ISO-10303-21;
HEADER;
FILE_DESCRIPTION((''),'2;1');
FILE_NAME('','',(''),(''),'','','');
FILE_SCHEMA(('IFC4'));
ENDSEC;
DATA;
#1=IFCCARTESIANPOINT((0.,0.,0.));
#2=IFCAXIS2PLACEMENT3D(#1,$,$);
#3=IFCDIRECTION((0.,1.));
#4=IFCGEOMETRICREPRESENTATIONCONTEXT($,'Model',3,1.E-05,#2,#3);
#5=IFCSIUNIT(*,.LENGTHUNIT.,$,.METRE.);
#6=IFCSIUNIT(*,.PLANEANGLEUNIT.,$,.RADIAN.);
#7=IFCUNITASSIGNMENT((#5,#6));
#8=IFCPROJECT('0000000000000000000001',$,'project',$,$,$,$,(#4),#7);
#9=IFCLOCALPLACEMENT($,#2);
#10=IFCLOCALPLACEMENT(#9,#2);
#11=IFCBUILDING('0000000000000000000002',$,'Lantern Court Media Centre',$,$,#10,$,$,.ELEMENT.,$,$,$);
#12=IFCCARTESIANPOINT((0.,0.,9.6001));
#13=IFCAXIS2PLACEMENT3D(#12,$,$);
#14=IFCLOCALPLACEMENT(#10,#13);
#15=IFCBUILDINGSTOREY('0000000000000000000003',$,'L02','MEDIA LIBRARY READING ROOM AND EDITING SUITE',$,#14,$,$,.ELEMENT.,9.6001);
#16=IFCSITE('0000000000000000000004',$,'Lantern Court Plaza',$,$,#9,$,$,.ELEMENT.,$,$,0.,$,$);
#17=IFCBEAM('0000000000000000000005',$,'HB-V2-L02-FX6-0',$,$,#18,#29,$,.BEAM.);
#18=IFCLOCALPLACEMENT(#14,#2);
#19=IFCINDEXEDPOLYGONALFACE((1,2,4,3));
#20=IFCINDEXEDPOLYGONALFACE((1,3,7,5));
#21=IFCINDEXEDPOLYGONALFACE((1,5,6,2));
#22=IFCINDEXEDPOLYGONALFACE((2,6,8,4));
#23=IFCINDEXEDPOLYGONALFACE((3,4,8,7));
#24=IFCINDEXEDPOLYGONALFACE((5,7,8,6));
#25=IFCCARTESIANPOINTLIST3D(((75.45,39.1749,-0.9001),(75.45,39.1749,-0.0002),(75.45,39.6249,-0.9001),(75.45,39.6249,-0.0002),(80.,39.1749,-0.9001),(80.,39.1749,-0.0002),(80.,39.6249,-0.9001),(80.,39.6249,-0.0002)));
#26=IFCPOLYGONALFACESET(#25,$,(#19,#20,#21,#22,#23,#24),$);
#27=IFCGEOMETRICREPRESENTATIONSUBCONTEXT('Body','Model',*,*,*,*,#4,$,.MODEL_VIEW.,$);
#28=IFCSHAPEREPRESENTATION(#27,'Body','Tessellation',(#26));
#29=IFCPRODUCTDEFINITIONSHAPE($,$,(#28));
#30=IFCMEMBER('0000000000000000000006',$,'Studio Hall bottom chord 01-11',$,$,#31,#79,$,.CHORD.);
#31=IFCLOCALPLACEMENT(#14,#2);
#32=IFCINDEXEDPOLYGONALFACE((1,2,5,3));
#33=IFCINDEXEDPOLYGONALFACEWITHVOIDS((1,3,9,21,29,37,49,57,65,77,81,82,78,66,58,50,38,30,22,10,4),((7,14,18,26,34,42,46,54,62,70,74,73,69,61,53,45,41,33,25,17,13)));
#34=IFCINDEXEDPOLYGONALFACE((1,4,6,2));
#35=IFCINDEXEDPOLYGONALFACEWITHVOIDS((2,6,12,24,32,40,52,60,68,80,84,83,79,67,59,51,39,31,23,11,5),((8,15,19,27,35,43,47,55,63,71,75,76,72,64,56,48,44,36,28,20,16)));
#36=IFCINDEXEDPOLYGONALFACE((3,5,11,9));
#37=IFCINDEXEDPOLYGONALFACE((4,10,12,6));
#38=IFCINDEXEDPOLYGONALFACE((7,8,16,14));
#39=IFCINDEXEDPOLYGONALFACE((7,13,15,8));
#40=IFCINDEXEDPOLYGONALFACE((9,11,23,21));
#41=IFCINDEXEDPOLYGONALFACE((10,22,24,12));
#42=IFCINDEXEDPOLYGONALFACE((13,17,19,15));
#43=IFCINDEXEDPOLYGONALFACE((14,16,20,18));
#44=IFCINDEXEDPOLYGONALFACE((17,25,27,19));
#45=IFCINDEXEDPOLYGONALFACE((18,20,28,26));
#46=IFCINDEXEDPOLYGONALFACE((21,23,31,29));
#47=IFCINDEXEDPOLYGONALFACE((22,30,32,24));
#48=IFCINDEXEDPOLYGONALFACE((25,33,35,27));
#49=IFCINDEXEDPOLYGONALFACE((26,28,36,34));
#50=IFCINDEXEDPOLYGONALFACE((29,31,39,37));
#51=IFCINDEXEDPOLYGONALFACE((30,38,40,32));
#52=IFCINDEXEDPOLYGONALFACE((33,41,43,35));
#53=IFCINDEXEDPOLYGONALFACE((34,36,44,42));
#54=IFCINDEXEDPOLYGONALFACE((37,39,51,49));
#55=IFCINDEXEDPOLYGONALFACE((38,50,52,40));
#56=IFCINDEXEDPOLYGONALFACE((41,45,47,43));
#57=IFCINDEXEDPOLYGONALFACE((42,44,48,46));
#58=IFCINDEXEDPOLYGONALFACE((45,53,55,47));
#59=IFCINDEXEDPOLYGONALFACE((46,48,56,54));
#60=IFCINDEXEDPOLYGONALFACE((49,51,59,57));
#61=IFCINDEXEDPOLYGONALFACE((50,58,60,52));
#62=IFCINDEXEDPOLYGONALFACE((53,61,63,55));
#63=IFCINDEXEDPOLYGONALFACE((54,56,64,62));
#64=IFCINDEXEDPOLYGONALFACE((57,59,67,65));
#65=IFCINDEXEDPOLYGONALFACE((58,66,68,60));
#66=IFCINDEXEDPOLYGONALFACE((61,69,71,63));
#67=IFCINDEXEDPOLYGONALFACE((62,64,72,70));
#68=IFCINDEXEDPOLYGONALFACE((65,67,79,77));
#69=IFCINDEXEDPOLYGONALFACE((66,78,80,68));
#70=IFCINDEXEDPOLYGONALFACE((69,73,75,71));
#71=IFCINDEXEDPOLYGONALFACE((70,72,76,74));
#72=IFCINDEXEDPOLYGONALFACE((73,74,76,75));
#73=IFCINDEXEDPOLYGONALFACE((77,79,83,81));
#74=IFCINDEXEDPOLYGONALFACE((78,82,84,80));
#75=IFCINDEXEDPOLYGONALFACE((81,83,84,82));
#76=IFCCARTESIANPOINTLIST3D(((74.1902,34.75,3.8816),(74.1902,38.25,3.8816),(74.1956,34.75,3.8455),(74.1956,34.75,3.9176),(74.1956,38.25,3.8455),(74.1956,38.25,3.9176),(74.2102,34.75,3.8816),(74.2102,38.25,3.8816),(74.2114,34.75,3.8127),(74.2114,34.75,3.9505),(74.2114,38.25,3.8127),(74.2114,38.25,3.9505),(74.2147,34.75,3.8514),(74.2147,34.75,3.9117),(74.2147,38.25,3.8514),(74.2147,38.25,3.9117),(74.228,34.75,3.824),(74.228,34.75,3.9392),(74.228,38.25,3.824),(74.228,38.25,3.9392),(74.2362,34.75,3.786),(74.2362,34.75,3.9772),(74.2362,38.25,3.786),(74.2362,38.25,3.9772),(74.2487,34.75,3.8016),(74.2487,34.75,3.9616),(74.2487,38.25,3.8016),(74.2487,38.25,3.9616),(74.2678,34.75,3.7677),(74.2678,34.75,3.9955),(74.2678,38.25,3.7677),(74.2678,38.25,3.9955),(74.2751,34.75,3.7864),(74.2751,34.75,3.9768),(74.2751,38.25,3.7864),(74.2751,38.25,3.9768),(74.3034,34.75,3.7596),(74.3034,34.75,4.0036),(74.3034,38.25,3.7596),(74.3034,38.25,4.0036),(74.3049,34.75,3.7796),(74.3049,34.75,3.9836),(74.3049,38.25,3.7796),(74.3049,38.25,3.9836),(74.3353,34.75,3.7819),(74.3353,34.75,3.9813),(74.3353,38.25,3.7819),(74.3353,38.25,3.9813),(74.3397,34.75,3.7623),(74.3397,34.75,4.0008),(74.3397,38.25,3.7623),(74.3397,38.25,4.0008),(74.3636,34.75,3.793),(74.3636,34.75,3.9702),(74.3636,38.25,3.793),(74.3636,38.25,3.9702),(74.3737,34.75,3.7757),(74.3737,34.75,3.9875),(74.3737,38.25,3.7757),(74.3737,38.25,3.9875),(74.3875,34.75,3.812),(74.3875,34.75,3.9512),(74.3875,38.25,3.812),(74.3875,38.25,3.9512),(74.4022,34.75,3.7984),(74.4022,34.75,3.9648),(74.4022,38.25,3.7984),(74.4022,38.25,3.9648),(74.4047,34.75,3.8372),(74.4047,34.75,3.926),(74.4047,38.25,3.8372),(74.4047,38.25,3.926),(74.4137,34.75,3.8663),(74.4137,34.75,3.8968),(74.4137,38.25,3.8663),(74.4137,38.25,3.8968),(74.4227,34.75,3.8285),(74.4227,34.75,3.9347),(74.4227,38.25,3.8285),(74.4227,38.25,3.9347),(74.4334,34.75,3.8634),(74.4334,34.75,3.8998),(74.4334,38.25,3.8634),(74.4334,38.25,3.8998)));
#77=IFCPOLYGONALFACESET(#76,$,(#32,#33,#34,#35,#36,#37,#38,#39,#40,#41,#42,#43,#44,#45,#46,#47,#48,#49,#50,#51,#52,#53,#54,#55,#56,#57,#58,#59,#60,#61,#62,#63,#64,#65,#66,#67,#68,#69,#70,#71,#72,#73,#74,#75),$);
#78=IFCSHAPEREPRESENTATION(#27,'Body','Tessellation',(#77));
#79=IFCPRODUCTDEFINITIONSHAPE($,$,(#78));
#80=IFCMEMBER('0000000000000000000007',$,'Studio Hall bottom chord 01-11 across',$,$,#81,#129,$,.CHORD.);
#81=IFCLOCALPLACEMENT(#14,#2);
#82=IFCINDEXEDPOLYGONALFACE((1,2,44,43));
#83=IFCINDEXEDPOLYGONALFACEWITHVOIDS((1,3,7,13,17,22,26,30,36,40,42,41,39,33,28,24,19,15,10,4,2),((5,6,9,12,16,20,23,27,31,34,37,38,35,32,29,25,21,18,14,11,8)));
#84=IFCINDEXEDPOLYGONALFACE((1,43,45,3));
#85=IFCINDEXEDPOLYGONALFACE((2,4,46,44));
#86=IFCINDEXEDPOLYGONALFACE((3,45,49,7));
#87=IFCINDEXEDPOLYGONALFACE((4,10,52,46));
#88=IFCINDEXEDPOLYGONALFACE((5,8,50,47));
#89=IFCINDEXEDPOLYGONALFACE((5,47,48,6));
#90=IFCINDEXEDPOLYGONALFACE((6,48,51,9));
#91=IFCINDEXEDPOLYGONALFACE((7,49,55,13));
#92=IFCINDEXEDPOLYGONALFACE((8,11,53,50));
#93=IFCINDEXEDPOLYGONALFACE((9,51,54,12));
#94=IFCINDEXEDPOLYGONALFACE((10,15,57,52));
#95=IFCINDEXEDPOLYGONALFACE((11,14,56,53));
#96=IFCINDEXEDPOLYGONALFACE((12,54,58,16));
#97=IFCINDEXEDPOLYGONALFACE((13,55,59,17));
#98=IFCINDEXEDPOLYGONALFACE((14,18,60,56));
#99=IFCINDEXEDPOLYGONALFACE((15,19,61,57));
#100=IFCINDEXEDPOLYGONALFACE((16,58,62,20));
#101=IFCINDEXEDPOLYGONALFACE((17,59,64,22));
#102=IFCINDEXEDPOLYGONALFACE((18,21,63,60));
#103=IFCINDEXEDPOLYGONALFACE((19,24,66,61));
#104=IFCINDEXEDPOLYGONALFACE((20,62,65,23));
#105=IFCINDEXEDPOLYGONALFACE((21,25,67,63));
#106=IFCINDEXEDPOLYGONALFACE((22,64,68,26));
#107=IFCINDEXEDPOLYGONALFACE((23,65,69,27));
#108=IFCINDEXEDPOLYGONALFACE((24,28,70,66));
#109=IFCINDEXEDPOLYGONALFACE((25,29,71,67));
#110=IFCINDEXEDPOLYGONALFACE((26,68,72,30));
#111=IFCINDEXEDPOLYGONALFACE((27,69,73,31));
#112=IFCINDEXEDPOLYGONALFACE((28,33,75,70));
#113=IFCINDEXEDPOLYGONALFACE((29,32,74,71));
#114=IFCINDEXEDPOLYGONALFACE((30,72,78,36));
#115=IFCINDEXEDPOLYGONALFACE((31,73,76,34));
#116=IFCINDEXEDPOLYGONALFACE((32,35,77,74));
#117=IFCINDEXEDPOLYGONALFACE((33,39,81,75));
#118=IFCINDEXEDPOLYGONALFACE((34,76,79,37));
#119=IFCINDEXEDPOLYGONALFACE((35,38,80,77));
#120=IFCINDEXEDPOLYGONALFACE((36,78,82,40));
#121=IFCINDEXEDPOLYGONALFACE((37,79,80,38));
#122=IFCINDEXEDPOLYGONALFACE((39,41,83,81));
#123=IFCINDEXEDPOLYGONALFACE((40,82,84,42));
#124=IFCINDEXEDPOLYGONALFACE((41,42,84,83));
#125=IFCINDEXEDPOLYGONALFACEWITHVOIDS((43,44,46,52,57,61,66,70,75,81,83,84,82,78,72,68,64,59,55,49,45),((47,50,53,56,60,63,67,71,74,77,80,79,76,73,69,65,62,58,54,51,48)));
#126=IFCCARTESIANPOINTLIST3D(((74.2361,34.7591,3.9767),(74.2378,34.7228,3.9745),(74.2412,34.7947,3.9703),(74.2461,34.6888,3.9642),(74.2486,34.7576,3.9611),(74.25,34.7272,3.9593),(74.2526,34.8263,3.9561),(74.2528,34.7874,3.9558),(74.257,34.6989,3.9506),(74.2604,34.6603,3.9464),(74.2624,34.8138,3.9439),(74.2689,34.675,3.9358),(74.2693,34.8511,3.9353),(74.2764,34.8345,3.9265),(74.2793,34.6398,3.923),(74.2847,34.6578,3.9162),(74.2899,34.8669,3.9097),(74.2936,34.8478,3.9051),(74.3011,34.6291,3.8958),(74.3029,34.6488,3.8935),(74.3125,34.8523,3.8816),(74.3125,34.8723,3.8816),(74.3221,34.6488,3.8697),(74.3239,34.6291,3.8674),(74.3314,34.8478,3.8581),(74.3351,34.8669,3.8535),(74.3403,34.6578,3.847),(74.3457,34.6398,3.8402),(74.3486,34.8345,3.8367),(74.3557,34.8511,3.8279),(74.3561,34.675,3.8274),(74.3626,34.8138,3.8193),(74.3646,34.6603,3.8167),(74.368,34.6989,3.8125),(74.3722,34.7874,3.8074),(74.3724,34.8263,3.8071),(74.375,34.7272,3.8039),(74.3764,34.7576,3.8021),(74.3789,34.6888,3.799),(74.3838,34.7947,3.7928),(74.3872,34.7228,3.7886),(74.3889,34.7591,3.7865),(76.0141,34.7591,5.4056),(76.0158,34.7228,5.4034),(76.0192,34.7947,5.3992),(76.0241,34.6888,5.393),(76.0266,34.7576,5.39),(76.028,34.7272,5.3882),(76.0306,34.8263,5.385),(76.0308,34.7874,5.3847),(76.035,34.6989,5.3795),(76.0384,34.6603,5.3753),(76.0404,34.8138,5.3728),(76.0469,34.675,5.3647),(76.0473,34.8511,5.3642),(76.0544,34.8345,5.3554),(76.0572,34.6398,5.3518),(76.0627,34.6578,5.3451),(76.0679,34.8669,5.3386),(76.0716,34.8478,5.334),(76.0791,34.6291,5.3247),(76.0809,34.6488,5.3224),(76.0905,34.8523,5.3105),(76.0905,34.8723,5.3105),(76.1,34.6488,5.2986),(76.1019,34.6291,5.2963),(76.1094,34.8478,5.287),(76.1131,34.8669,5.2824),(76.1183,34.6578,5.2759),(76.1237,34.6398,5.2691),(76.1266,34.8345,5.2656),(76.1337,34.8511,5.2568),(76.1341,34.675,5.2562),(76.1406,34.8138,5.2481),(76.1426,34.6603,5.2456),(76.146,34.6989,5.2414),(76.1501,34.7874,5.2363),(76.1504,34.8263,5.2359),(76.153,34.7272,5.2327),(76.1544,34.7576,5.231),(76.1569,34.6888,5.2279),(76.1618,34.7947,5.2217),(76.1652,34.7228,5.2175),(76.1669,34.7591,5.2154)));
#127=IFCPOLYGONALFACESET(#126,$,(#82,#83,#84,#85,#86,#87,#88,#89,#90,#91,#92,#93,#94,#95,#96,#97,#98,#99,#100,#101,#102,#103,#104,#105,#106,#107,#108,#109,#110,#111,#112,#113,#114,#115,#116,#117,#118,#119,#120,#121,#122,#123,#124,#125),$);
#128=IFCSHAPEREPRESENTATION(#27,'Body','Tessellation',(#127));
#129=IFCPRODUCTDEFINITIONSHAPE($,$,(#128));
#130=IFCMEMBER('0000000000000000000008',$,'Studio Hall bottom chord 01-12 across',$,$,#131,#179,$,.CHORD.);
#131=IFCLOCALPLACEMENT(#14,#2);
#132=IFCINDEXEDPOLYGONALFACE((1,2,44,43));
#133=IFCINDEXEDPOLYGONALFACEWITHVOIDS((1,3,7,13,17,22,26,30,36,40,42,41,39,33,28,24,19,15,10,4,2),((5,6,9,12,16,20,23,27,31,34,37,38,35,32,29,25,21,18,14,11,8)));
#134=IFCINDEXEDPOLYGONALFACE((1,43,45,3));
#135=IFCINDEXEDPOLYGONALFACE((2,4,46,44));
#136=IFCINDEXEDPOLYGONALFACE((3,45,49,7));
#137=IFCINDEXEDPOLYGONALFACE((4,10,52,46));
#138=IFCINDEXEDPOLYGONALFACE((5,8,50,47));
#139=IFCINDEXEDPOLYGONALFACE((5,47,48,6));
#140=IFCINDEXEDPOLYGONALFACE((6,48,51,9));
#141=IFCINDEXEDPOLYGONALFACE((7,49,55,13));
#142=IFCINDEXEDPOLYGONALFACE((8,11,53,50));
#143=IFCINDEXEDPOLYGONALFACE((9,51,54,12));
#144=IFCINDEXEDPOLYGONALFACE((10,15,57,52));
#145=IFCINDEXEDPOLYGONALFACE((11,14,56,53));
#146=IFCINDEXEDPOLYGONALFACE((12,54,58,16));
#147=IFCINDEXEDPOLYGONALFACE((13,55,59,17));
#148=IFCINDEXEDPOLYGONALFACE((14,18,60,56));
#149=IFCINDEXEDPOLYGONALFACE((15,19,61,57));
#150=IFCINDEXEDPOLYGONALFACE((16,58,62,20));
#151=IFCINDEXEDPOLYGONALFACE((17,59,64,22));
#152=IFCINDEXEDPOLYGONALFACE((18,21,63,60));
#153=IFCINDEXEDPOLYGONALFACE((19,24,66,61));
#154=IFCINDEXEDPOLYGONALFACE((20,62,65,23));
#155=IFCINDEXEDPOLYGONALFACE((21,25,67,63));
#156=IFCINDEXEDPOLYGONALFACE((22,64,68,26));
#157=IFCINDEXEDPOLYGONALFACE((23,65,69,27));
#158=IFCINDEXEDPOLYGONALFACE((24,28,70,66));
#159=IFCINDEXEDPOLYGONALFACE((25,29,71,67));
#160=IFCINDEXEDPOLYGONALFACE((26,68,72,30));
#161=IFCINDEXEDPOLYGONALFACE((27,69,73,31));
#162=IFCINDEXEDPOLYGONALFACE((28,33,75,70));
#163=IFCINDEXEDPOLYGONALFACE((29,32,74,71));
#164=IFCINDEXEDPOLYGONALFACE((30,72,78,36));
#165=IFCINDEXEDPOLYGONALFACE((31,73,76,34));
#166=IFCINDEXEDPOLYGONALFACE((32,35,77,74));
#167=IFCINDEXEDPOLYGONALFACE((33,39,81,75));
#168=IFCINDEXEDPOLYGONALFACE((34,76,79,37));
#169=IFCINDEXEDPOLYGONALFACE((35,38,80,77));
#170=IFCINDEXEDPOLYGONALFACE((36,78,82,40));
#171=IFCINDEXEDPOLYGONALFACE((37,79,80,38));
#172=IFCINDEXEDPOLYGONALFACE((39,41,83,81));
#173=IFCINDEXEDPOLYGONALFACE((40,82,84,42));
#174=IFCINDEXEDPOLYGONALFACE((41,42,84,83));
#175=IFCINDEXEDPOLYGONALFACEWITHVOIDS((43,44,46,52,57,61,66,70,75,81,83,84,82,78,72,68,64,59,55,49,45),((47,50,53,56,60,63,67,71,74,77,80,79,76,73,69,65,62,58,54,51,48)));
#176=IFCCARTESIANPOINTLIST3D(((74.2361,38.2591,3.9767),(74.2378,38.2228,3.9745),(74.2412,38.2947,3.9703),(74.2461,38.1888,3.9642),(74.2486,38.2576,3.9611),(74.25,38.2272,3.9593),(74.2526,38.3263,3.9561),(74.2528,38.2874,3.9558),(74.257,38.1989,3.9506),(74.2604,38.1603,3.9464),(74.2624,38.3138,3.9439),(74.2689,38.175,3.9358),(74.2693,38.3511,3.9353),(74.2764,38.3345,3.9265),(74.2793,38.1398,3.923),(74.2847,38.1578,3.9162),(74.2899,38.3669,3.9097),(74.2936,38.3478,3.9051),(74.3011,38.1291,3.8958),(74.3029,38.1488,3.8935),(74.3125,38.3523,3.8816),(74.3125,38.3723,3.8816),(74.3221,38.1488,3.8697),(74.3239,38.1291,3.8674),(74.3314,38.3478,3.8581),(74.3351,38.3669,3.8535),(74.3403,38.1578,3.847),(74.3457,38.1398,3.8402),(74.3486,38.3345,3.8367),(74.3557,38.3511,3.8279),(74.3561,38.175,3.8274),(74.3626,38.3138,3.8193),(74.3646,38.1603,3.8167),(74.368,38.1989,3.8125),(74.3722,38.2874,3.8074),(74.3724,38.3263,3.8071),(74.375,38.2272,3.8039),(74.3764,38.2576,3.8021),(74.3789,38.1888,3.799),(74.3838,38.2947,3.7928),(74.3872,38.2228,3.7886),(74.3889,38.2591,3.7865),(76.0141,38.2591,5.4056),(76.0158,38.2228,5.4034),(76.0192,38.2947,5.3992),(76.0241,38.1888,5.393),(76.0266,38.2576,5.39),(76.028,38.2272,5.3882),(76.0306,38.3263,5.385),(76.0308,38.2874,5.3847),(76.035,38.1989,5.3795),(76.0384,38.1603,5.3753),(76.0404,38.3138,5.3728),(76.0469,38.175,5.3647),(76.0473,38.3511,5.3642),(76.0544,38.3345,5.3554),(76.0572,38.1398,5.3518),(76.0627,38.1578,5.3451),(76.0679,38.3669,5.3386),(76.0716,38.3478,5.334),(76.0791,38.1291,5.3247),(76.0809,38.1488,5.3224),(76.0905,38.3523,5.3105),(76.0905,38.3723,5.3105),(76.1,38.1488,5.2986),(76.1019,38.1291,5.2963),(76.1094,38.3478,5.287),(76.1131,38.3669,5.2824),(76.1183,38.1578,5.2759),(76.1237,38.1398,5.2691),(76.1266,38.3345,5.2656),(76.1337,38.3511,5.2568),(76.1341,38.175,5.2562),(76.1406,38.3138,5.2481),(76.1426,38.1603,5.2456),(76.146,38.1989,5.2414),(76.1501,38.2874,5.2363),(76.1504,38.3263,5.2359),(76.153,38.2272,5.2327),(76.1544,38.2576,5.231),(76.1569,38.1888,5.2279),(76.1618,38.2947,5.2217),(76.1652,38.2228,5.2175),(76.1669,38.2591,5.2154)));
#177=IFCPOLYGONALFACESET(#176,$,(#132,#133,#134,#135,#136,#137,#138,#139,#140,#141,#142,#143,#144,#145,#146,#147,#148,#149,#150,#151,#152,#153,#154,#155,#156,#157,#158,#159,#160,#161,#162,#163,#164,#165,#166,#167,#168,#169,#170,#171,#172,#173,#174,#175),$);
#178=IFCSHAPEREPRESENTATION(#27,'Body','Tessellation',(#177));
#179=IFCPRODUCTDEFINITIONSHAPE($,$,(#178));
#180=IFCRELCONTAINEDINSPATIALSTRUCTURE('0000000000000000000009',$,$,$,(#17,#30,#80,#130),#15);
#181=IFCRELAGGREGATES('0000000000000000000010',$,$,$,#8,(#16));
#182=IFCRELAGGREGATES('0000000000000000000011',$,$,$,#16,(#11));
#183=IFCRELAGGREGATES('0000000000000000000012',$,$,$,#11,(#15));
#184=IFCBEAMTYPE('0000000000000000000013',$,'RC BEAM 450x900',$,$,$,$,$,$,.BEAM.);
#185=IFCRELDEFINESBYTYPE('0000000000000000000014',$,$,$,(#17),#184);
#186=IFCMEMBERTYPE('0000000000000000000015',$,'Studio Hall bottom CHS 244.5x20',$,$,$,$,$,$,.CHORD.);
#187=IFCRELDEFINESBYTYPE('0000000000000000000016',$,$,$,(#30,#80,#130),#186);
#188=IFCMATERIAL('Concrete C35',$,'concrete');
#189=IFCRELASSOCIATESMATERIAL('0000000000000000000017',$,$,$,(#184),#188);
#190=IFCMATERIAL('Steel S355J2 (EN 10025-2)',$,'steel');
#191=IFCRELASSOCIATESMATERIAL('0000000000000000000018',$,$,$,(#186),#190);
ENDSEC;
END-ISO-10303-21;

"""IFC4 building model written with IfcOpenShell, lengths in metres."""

from ifc_helpers import new_model, si_unit, direction, frame, origin, origin_2d, place, context, subcontext, project, spatial, rectangle, hollow_circle, extrude, material, material_profile, profile_set, type_object, element, save


model = new_model("IFC4")

# Units and contexts
model_context = context("Model", 3, precision=1e-05, world=origin(), true_north=direction((0.0, 1.0)))
body_context = subcontext(model_context, "Body", "Model", "MODEL_VIEW")
ifc_project = project(units=[si_unit("LENGTHUNIT", "METRE"), si_unit("PLANEANGLEUNIT", "RADIAN")], contexts=[model_context])

# Site, building, storey
site_placement = place(None, origin())
site = spatial("IfcSite", under=ifc_project, at=site_placement, Name="Lantern Court Plaza", CompositionType="ELEMENT", RefElevation=0.0)
building_placement = place(site_placement, origin())
building = spatial("IfcBuilding", under=site, at=building_placement, Name="Lantern Court Media Centre", CompositionType="ELEMENT")
storey_placement = place(building_placement, frame((0.0, 0.0, 9.6001)))
storey = spatial("IfcBuildingStorey", under=building, at=storey_placement, Name="L02", Description="MEDIA LIBRARY READING ROOM AND EDITING SUITE", CompositionType="ELEMENT", Elevation=9.6001)

# Beam
ifc_material_1 = material(Name="Concrete C35", Category="concrete")
ifc_material_profile_1 = material_profile(ifc_material_1, rectangle(XDim=0.45, YDim=0.8999, at=origin_2d()), Name="RC 450x900")
ifc_profile_set_1 = profile_set([ifc_material_profile_1], Name="Concrete C35")
beam_type = type_object("IfcBeamType", Name="RC BEAM 450x900", PredefinedType="BEAM", material=ifc_profile_set_1)
beam_placement = place(storey_placement, frame((75.45, 39.3999, -0.4502), z_axis=(1.0, 0.0, 0.0), x_axis=(0.0, 1.0, 0.0)))
element("IfcBeam", 1, at=beam_placement, inside=storey, type_object=beam_type, Name="HB-V2-L02-FX6-0", PredefinedType="BEAM", context=body_context, shape_type="SweptSolid", body=[
    extrude(rectangle(XDim=0.45, YDim=0.8999, at=origin_2d()), origin(), (0.0, 0.0, 1.0), 4.55),
])

# Members
ifc_material_2 = material(Name="Steel S355J2 (EN 10025-2)", Category="steel")
ifc_material_profile_2 = material_profile(ifc_material_2, hollow_circle(Radius=0.1223, WallThickness=0.02, at=origin_2d()), Name="Studio Hall bottom CHS 244.5x20")
ifc_profile_set_2 = profile_set([ifc_material_profile_2], Name="Steel S355J2 (EN 10025-2)")
member_type_1 = type_object("IfcMemberType", Name="Studio Hall bottom CHS 244.5x20", PredefinedType="CHORD", material=ifc_profile_set_2)
member_1_placement = place(storey_placement, frame((74.3125, 34.75, 3.8816), z_axis=(0.0, 1.0, 0.0), x_axis=(-1.0, 0.0, 0.0)))
element("IfcMember", 2, at=member_1_placement, inside=storey, type_object=member_type_1, Name="Studio Hall bottom chord 01-11", PredefinedType="CHORD", context=body_context, shape_type="SweptSolid", body=[
    extrude(hollow_circle(Radius=0.1223, WallThickness=0.02, at=origin_2d()), origin(), (0.0, 0.0, 1.0), 3.5),
])
for number, where, z_axis, x_axis, name in (
    (3, (74.3125, 34.75, 3.8816), (0.779478, 0.0, 0.626429), (0.0, 1.0, 0.0), "Studio Hall bottom chord 01-11 across"),
    (4, (74.3125, 38.25, 3.8816), (0.779478, 0.0, 0.626429), (0.0, 1.0, 0.0), "Studio Hall bottom chord 01-12 across"),
):
    element("IfcMember", number, at=place(storey_placement, frame(where, z_axis=z_axis, x_axis=x_axis)), inside=storey, type_object=member_type_1, Name=name, PredefinedType="CHORD", context=body_context, shape_type="SweptSolid", body=[
        extrude(hollow_circle(Radius=0.1223, WallThickness=0.02, at=origin_2d()), origin(), (0.0, 0.0, 1.0), 2.281),
    ])

save(model, "model.ifc")
